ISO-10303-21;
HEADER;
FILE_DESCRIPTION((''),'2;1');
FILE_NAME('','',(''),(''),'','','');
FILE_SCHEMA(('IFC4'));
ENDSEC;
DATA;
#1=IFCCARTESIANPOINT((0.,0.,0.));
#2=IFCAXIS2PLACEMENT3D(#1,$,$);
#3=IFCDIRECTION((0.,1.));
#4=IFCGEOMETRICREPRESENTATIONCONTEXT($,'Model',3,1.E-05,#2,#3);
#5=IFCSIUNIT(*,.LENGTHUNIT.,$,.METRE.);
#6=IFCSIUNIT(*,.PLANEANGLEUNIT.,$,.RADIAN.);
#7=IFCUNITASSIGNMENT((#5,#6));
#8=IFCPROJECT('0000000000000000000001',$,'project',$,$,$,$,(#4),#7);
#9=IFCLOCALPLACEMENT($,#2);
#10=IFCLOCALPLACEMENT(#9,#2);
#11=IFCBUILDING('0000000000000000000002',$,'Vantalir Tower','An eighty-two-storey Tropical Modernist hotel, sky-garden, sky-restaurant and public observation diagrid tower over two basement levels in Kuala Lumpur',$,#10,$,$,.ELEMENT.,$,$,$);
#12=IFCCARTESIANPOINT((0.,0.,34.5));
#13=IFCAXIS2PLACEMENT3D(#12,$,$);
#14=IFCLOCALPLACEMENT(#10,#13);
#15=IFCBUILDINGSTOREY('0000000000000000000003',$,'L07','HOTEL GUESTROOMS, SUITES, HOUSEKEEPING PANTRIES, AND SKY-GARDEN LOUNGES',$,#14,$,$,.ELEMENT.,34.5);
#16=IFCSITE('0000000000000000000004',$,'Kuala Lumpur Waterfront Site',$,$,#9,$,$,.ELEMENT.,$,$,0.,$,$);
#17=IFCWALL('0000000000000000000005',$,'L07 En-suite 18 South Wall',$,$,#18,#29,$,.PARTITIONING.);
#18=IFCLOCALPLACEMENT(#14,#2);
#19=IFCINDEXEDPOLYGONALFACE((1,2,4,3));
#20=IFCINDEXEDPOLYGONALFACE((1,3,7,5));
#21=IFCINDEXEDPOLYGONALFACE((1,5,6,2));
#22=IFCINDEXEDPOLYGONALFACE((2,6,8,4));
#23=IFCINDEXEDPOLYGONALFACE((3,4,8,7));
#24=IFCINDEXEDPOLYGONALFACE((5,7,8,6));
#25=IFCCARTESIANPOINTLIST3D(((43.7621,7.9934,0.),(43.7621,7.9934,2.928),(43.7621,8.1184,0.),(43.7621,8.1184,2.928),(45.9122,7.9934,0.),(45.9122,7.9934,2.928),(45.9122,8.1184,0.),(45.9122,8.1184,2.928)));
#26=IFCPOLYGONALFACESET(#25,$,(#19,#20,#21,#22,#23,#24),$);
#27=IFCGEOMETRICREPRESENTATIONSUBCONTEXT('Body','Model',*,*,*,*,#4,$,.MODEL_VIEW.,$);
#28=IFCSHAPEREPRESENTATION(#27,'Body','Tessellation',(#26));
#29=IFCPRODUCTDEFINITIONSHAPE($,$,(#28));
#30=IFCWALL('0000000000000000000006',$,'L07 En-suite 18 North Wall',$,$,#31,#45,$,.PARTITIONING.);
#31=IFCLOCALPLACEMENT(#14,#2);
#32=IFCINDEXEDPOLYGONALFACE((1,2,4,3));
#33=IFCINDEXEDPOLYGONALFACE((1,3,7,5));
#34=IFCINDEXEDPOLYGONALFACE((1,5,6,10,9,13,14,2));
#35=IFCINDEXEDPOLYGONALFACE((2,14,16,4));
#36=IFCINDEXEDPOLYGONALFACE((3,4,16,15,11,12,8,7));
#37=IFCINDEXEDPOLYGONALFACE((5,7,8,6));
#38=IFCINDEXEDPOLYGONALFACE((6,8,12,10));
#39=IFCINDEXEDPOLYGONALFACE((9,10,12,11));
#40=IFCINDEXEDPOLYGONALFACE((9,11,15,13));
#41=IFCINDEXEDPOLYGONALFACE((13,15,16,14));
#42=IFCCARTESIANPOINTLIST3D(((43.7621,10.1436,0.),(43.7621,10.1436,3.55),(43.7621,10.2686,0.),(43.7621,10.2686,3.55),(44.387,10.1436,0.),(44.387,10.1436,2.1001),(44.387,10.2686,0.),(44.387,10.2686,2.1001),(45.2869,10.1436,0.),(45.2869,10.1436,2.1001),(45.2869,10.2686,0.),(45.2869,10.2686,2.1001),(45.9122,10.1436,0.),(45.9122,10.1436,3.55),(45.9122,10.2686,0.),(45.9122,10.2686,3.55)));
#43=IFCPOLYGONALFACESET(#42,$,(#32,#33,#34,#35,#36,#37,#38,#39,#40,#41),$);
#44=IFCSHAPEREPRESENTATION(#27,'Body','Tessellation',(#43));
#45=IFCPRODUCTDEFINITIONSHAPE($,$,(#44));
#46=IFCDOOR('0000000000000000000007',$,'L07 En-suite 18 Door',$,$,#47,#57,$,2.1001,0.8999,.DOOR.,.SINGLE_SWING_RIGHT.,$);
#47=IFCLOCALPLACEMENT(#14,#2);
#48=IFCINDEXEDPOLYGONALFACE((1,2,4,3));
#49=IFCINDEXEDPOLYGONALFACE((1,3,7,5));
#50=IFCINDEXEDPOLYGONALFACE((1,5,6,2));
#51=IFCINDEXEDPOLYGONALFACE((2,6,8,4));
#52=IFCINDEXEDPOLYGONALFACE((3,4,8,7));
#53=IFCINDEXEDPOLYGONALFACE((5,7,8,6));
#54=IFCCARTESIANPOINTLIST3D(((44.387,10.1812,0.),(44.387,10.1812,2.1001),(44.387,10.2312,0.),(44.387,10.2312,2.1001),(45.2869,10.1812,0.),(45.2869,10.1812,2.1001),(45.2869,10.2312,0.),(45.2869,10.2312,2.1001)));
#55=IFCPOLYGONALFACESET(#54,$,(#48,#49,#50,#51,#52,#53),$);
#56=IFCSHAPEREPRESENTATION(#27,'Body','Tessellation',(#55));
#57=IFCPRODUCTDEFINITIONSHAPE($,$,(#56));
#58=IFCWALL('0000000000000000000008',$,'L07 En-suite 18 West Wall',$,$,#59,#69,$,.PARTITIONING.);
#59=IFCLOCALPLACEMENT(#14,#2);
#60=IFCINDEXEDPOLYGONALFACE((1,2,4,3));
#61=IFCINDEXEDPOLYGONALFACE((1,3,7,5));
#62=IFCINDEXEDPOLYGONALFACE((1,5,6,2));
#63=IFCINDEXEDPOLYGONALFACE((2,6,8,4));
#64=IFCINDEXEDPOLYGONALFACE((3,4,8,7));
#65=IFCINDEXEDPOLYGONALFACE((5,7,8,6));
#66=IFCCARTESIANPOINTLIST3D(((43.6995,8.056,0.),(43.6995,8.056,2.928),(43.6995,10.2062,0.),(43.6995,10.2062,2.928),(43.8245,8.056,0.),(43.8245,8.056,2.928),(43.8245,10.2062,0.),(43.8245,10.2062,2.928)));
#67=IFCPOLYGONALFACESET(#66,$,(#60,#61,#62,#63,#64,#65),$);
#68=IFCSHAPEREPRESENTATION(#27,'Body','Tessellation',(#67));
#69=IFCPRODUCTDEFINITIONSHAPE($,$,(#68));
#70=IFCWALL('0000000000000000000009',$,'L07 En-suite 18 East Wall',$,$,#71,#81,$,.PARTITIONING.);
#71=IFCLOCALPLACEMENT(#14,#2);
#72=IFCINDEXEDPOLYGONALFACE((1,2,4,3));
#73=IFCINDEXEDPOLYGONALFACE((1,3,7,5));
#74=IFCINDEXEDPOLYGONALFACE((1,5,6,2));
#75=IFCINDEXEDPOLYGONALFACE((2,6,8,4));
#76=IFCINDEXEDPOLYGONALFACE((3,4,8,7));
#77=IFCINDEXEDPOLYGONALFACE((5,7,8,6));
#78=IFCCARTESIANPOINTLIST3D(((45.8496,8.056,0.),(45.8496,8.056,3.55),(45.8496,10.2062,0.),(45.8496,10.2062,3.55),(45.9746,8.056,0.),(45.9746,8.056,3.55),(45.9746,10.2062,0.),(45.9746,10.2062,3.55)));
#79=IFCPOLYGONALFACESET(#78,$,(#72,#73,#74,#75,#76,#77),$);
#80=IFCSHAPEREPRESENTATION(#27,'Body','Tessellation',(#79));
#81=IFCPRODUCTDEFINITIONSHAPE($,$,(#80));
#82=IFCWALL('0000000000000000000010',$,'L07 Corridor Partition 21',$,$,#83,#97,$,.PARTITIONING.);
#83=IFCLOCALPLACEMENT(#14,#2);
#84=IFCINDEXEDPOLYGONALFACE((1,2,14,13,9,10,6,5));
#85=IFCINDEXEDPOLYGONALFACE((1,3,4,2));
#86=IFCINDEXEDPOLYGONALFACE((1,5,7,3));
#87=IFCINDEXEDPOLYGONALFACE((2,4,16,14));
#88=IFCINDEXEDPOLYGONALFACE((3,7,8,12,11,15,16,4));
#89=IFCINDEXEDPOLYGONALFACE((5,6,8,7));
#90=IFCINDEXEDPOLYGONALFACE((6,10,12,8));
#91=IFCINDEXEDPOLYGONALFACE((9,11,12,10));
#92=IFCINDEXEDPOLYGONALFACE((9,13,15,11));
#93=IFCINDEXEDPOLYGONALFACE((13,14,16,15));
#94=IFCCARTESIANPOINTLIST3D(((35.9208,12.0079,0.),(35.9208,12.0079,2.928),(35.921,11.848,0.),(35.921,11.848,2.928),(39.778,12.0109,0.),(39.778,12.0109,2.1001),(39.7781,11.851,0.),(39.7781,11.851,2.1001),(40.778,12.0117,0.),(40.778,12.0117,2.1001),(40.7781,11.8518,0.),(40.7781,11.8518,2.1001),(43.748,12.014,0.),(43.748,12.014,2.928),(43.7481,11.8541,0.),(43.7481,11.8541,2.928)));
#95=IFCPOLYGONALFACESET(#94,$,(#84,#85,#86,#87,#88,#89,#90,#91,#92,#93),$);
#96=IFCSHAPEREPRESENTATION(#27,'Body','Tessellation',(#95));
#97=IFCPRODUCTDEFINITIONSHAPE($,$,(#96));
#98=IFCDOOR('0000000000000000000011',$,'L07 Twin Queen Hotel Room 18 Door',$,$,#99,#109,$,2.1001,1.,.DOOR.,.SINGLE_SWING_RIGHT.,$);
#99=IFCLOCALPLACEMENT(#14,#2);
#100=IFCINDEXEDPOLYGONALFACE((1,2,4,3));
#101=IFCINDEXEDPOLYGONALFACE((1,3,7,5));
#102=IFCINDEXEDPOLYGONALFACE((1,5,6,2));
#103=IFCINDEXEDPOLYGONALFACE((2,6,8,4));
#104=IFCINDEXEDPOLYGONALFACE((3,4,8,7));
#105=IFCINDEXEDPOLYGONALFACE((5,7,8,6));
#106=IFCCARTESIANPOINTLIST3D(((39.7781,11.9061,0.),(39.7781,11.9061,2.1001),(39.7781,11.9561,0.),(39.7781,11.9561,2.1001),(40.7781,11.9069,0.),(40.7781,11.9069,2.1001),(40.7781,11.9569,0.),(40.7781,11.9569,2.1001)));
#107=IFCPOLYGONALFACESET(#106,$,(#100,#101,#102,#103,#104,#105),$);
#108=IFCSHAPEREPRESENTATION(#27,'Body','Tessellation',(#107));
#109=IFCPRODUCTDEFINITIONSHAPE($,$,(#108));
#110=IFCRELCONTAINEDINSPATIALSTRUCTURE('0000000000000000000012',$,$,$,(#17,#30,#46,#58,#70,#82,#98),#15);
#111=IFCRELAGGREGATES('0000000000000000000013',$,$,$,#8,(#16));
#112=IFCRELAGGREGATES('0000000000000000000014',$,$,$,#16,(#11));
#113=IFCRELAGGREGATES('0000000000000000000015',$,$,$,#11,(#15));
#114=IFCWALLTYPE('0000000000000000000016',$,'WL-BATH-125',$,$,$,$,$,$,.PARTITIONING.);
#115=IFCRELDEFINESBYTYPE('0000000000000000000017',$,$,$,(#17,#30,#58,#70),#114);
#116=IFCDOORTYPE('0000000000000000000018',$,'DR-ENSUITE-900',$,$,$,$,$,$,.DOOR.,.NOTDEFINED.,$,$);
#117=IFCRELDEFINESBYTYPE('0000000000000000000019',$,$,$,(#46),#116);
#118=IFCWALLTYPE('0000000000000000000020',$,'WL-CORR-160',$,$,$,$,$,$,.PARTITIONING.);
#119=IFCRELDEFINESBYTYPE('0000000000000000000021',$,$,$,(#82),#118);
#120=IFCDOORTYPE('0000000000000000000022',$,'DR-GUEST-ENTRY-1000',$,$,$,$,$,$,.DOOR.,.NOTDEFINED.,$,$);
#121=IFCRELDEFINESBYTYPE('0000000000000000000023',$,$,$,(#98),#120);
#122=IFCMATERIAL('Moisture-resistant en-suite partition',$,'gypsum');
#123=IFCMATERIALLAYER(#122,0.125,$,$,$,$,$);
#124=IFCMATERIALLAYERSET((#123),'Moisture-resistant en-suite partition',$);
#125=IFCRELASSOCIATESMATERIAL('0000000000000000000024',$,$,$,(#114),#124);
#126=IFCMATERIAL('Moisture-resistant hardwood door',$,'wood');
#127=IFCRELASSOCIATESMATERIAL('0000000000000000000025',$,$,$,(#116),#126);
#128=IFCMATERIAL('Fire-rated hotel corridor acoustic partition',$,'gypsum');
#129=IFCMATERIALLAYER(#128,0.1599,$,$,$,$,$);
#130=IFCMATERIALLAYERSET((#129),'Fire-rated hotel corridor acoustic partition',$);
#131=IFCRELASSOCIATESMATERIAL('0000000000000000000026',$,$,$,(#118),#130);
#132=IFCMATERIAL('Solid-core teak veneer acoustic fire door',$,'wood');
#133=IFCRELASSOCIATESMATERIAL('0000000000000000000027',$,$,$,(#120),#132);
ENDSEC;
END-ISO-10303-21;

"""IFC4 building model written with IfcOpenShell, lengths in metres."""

from ifc_helpers import new_model, si_unit, direction, frame, frame_2d, origin, place, context, subcontext, project, spatial, rectangle, extrude, material, layer, layer_set, type_object, element, fill, save


model = new_model("IFC4")

# Units and contexts
model_context = context("Model", 3, precision=1e-05, world=origin(), true_north=direction((0.0, 1.0)))
body_context = subcontext(model_context, "Body", "Model", "MODEL_VIEW")
ifc_project = project(units=[si_unit("LENGTHUNIT", "METRE"), si_unit("PLANEANGLEUNIT", "RADIAN")], contexts=[model_context])

# Site, building, storey
site_placement = place(None, origin())
site = spatial("IfcSite", under=ifc_project, at=site_placement, Name="Kuala Lumpur Waterfront Site", CompositionType="ELEMENT", RefElevation=0.0)
building_placement = place(site_placement, origin())
building = spatial("IfcBuilding", under=site, at=building_placement, Name="Vantalir Tower", Description="An eighty-two-storey Tropical Modernist hotel, sky-garden, sky-restaurant and public observation diagrid tower over two basement levels in Kuala Lumpur", CompositionType="ELEMENT")
storey_placement = place(building_placement, frame((0.0, 0.0, 34.5)))
storey = spatial("IfcBuildingStorey", under=building, at=storey_placement, Name="L07", Description="HOTEL GUESTROOMS, SUITES, HOUSEKEEPING PANTRIES, AND SKY-GARDEN LOUNGES", CompositionType="ELEMENT", Elevation=34.5)

# Wall
ifc_material_1 = material(Name="Moisture-resistant en-suite partition", Category="gypsum")
ifc_layer_1 = layer(ifc_material_1, 0.125)
ifc_layer_set_1 = layer_set([ifc_layer_1], Name="Moisture-resistant en-suite partition")
wall_type_1 = type_object("IfcWallType", Name="WL-BATH-125", PredefinedType="PARTITIONING", material=ifc_layer_set_1)
wall_1_placement = place(storey_placement, frame((43.762, 8.0559, 0.0), z_axis=(0.0, 0.0, 1.0), x_axis=(1.0, 0.0, 0.0)))
element("IfcWall", 1, at=wall_1_placement, inside=storey, type_object=wall_type_1, Name="L07 En-suite 18 South Wall", PredefinedType="PARTITIONING", context=body_context, shape_type="SweptSolid", body=[
    extrude(rectangle(XDim=2.1501, YDim=0.125, at=frame_2d((1.0752, 0.0))), origin(), (0.0, 0.0, 1.0), 2.928),
])

# Wall, opening, door
wall_2_placement = place(storey_placement, frame((43.762, 10.2061, 0.0), z_axis=(0.0, 0.0, 1.0), x_axis=(1.0, 0.0, 0.0)))
wall_2 = element("IfcWall", 2, at=wall_2_placement, inside=storey, type_object=wall_type_1, Name="L07 En-suite 18 North Wall", PredefinedType="PARTITIONING", context=body_context, shape_type="SweptSolid", body=[
    extrude(rectangle(XDim=2.1501, YDim=0.125, at=frame_2d((1.0752, 0.0))), origin(), (0.0, 0.0, 1.0), 3.55),
])
opening_1_placement = place(wall_2_placement, frame((0.625, 0.0, 0.0)))
opening_1 = element("IfcOpeningElement", 3, at=opening_1_placement, cuts=wall_2, PredefinedType="OPENING", context=body_context, shape_type="SweptSolid", body=[
    extrude(rectangle(XDim=0.8999, YDim=2.1001, at=frame_2d((0.45, 1.05))), frame((0.0, 0.0725, 0.0), z_axis=(0.0, -1.0, 0.0), x_axis=(1.0, 0.0, 0.0)), (0.0, 0.0, 1.0), 0.145),
])
ifc_material_2 = material(Name="Moisture-resistant hardwood door", Category="wood")
door_type_1 = type_object("IfcDoorType", Name="DR-ENSUITE-900", OperationType="NOTDEFINED", PredefinedType="DOOR", material=ifc_material_2)
door_1_placement = place(opening_1_placement, frame((0.8999, 0.0, 0.0), z_axis=(0.0, 0.0, 1.0), x_axis=(-1.0, 0.0, 0.0)))
door_1 = element("IfcDoor", 4, at=door_1_placement, inside=storey, type_object=door_type_1, Name="L07 En-suite 18 Door", OperationType="SINGLE_SWING_RIGHT", OverallHeight=2.1001, OverallWidth=0.8999, PredefinedType="DOOR", context=body_context, shape_type="SweptSolid", body=[
    extrude(rectangle(XDim=0.8999, YDim=2.1001, at=frame_2d((0.45, 1.05))), frame((0.0, 0.0249, 0.0), z_axis=(0.0, -1.0, 0.0), x_axis=(1.0, 0.0, 0.0)), (0.0, 0.0, 1.0), 0.05),
])
fill(opening_1, door_1)

# Walls
wall_3_placement = place(storey_placement, frame((43.762, 8.0559, 0.0), z_axis=(0.0, 0.0, 1.0), x_axis=(0.0, 1.0, 0.0)))
element("IfcWall", 5, at=wall_3_placement, inside=storey, type_object=wall_type_1, Name="L07 En-suite 18 West Wall", PredefinedType="PARTITIONING", context=body_context, shape_type="SweptSolid", body=[
    extrude(rectangle(XDim=2.1501, YDim=0.125, at=frame_2d((1.0752, 0.0))), origin(), (0.0, 0.0, 1.0), 2.928),
])
wall_4_placement = place(storey_placement, frame((45.9121, 8.0559, 0.0), z_axis=(0.0, 0.0, 1.0), x_axis=(0.0, 1.0, 0.0)))
element("IfcWall", 6, at=wall_4_placement, inside=storey, type_object=wall_type_1, Name="L07 En-suite 18 East Wall", PredefinedType="PARTITIONING", context=body_context, shape_type="SweptSolid", body=[
    extrude(rectangle(XDim=2.1501, YDim=0.125, at=frame_2d((1.0752, 0.0))), origin(), (0.0, 0.0, 1.0), 3.55),
])

# Wall, opening, door
ifc_material_3 = material(Name="Fire-rated hotel corridor acoustic partition", Category="gypsum")
ifc_layer_2 = layer(ifc_material_3, 0.1599)
ifc_layer_set_2 = layer_set([ifc_layer_2], Name="Fire-rated hotel corridor acoustic partition")
wall_type_2 = type_object("IfcWallType", Name="WL-CORR-160", PredefinedType="PARTITIONING", material=ifc_layer_set_2)
wall_5_placement = place(storey_placement, frame((43.748, 11.9341, 0.0), z_axis=(0.0, 0.0, 1.0), x_axis=(-1.0, -0.00078, 0.0)))
wall_5 = element("IfcWall", 7, at=wall_5_placement, inside=storey, type_object=wall_type_2, Name="L07 Corridor Partition 21", PredefinedType="PARTITIONING", context=body_context, shape_type="SweptSolid", body=[
    extrude(rectangle(XDim=7.8271, YDim=0.1599, at=frame_2d((3.9136, 0.0))), origin(), (0.0, 0.0, 1.0), 2.928),
])
opening_2_placement = place(wall_5_placement, frame((2.97, 0.0, 0.0)))
opening_2 = element("IfcOpeningElement", 8, at=opening_2_placement, cuts=wall_5, PredefinedType="OPENING", context=body_context, shape_type="SweptSolid", body=[
    extrude(rectangle(XDim=1.0, YDim=2.1001, at=frame_2d((0.5, 1.05))), frame((0.0, 0.0898, 0.0), z_axis=(0.0, -1.0, 0.0), x_axis=(1.0, 0.0, 0.0)), (0.0, 0.0, 1.0), 0.1799),
])
ifc_material_4 = material(Name="Solid-core teak veneer acoustic fire door", Category="wood")
door_type_2 = type_object("IfcDoorType", Name="DR-GUEST-ENTRY-1000", OperationType="NOTDEFINED", PredefinedType="DOOR", material=ifc_material_4)
door_2_placement = place(opening_2_placement, origin())
door_2 = element("IfcDoor", 9, at=door_2_placement, inside=storey, type_object=door_type_2, Name="L07 Twin Queen Hotel Room 18 Door", OperationType="SINGLE_SWING_RIGHT", OverallHeight=2.1001, OverallWidth=1.0, PredefinedType="DOOR", context=body_context, shape_type="SweptSolid", body=[
    extrude(rectangle(XDim=1.0, YDim=2.1001, at=frame_2d((0.5, 1.05))), frame((0.0, 0.0249, 0.0), z_axis=(0.0, -1.0, 0.0), x_axis=(1.0, 0.0, 0.0)), (0.0, 0.0, 1.0), 0.05),
])
fill(opening_2, door_2)

save(model, "model.ifc")
